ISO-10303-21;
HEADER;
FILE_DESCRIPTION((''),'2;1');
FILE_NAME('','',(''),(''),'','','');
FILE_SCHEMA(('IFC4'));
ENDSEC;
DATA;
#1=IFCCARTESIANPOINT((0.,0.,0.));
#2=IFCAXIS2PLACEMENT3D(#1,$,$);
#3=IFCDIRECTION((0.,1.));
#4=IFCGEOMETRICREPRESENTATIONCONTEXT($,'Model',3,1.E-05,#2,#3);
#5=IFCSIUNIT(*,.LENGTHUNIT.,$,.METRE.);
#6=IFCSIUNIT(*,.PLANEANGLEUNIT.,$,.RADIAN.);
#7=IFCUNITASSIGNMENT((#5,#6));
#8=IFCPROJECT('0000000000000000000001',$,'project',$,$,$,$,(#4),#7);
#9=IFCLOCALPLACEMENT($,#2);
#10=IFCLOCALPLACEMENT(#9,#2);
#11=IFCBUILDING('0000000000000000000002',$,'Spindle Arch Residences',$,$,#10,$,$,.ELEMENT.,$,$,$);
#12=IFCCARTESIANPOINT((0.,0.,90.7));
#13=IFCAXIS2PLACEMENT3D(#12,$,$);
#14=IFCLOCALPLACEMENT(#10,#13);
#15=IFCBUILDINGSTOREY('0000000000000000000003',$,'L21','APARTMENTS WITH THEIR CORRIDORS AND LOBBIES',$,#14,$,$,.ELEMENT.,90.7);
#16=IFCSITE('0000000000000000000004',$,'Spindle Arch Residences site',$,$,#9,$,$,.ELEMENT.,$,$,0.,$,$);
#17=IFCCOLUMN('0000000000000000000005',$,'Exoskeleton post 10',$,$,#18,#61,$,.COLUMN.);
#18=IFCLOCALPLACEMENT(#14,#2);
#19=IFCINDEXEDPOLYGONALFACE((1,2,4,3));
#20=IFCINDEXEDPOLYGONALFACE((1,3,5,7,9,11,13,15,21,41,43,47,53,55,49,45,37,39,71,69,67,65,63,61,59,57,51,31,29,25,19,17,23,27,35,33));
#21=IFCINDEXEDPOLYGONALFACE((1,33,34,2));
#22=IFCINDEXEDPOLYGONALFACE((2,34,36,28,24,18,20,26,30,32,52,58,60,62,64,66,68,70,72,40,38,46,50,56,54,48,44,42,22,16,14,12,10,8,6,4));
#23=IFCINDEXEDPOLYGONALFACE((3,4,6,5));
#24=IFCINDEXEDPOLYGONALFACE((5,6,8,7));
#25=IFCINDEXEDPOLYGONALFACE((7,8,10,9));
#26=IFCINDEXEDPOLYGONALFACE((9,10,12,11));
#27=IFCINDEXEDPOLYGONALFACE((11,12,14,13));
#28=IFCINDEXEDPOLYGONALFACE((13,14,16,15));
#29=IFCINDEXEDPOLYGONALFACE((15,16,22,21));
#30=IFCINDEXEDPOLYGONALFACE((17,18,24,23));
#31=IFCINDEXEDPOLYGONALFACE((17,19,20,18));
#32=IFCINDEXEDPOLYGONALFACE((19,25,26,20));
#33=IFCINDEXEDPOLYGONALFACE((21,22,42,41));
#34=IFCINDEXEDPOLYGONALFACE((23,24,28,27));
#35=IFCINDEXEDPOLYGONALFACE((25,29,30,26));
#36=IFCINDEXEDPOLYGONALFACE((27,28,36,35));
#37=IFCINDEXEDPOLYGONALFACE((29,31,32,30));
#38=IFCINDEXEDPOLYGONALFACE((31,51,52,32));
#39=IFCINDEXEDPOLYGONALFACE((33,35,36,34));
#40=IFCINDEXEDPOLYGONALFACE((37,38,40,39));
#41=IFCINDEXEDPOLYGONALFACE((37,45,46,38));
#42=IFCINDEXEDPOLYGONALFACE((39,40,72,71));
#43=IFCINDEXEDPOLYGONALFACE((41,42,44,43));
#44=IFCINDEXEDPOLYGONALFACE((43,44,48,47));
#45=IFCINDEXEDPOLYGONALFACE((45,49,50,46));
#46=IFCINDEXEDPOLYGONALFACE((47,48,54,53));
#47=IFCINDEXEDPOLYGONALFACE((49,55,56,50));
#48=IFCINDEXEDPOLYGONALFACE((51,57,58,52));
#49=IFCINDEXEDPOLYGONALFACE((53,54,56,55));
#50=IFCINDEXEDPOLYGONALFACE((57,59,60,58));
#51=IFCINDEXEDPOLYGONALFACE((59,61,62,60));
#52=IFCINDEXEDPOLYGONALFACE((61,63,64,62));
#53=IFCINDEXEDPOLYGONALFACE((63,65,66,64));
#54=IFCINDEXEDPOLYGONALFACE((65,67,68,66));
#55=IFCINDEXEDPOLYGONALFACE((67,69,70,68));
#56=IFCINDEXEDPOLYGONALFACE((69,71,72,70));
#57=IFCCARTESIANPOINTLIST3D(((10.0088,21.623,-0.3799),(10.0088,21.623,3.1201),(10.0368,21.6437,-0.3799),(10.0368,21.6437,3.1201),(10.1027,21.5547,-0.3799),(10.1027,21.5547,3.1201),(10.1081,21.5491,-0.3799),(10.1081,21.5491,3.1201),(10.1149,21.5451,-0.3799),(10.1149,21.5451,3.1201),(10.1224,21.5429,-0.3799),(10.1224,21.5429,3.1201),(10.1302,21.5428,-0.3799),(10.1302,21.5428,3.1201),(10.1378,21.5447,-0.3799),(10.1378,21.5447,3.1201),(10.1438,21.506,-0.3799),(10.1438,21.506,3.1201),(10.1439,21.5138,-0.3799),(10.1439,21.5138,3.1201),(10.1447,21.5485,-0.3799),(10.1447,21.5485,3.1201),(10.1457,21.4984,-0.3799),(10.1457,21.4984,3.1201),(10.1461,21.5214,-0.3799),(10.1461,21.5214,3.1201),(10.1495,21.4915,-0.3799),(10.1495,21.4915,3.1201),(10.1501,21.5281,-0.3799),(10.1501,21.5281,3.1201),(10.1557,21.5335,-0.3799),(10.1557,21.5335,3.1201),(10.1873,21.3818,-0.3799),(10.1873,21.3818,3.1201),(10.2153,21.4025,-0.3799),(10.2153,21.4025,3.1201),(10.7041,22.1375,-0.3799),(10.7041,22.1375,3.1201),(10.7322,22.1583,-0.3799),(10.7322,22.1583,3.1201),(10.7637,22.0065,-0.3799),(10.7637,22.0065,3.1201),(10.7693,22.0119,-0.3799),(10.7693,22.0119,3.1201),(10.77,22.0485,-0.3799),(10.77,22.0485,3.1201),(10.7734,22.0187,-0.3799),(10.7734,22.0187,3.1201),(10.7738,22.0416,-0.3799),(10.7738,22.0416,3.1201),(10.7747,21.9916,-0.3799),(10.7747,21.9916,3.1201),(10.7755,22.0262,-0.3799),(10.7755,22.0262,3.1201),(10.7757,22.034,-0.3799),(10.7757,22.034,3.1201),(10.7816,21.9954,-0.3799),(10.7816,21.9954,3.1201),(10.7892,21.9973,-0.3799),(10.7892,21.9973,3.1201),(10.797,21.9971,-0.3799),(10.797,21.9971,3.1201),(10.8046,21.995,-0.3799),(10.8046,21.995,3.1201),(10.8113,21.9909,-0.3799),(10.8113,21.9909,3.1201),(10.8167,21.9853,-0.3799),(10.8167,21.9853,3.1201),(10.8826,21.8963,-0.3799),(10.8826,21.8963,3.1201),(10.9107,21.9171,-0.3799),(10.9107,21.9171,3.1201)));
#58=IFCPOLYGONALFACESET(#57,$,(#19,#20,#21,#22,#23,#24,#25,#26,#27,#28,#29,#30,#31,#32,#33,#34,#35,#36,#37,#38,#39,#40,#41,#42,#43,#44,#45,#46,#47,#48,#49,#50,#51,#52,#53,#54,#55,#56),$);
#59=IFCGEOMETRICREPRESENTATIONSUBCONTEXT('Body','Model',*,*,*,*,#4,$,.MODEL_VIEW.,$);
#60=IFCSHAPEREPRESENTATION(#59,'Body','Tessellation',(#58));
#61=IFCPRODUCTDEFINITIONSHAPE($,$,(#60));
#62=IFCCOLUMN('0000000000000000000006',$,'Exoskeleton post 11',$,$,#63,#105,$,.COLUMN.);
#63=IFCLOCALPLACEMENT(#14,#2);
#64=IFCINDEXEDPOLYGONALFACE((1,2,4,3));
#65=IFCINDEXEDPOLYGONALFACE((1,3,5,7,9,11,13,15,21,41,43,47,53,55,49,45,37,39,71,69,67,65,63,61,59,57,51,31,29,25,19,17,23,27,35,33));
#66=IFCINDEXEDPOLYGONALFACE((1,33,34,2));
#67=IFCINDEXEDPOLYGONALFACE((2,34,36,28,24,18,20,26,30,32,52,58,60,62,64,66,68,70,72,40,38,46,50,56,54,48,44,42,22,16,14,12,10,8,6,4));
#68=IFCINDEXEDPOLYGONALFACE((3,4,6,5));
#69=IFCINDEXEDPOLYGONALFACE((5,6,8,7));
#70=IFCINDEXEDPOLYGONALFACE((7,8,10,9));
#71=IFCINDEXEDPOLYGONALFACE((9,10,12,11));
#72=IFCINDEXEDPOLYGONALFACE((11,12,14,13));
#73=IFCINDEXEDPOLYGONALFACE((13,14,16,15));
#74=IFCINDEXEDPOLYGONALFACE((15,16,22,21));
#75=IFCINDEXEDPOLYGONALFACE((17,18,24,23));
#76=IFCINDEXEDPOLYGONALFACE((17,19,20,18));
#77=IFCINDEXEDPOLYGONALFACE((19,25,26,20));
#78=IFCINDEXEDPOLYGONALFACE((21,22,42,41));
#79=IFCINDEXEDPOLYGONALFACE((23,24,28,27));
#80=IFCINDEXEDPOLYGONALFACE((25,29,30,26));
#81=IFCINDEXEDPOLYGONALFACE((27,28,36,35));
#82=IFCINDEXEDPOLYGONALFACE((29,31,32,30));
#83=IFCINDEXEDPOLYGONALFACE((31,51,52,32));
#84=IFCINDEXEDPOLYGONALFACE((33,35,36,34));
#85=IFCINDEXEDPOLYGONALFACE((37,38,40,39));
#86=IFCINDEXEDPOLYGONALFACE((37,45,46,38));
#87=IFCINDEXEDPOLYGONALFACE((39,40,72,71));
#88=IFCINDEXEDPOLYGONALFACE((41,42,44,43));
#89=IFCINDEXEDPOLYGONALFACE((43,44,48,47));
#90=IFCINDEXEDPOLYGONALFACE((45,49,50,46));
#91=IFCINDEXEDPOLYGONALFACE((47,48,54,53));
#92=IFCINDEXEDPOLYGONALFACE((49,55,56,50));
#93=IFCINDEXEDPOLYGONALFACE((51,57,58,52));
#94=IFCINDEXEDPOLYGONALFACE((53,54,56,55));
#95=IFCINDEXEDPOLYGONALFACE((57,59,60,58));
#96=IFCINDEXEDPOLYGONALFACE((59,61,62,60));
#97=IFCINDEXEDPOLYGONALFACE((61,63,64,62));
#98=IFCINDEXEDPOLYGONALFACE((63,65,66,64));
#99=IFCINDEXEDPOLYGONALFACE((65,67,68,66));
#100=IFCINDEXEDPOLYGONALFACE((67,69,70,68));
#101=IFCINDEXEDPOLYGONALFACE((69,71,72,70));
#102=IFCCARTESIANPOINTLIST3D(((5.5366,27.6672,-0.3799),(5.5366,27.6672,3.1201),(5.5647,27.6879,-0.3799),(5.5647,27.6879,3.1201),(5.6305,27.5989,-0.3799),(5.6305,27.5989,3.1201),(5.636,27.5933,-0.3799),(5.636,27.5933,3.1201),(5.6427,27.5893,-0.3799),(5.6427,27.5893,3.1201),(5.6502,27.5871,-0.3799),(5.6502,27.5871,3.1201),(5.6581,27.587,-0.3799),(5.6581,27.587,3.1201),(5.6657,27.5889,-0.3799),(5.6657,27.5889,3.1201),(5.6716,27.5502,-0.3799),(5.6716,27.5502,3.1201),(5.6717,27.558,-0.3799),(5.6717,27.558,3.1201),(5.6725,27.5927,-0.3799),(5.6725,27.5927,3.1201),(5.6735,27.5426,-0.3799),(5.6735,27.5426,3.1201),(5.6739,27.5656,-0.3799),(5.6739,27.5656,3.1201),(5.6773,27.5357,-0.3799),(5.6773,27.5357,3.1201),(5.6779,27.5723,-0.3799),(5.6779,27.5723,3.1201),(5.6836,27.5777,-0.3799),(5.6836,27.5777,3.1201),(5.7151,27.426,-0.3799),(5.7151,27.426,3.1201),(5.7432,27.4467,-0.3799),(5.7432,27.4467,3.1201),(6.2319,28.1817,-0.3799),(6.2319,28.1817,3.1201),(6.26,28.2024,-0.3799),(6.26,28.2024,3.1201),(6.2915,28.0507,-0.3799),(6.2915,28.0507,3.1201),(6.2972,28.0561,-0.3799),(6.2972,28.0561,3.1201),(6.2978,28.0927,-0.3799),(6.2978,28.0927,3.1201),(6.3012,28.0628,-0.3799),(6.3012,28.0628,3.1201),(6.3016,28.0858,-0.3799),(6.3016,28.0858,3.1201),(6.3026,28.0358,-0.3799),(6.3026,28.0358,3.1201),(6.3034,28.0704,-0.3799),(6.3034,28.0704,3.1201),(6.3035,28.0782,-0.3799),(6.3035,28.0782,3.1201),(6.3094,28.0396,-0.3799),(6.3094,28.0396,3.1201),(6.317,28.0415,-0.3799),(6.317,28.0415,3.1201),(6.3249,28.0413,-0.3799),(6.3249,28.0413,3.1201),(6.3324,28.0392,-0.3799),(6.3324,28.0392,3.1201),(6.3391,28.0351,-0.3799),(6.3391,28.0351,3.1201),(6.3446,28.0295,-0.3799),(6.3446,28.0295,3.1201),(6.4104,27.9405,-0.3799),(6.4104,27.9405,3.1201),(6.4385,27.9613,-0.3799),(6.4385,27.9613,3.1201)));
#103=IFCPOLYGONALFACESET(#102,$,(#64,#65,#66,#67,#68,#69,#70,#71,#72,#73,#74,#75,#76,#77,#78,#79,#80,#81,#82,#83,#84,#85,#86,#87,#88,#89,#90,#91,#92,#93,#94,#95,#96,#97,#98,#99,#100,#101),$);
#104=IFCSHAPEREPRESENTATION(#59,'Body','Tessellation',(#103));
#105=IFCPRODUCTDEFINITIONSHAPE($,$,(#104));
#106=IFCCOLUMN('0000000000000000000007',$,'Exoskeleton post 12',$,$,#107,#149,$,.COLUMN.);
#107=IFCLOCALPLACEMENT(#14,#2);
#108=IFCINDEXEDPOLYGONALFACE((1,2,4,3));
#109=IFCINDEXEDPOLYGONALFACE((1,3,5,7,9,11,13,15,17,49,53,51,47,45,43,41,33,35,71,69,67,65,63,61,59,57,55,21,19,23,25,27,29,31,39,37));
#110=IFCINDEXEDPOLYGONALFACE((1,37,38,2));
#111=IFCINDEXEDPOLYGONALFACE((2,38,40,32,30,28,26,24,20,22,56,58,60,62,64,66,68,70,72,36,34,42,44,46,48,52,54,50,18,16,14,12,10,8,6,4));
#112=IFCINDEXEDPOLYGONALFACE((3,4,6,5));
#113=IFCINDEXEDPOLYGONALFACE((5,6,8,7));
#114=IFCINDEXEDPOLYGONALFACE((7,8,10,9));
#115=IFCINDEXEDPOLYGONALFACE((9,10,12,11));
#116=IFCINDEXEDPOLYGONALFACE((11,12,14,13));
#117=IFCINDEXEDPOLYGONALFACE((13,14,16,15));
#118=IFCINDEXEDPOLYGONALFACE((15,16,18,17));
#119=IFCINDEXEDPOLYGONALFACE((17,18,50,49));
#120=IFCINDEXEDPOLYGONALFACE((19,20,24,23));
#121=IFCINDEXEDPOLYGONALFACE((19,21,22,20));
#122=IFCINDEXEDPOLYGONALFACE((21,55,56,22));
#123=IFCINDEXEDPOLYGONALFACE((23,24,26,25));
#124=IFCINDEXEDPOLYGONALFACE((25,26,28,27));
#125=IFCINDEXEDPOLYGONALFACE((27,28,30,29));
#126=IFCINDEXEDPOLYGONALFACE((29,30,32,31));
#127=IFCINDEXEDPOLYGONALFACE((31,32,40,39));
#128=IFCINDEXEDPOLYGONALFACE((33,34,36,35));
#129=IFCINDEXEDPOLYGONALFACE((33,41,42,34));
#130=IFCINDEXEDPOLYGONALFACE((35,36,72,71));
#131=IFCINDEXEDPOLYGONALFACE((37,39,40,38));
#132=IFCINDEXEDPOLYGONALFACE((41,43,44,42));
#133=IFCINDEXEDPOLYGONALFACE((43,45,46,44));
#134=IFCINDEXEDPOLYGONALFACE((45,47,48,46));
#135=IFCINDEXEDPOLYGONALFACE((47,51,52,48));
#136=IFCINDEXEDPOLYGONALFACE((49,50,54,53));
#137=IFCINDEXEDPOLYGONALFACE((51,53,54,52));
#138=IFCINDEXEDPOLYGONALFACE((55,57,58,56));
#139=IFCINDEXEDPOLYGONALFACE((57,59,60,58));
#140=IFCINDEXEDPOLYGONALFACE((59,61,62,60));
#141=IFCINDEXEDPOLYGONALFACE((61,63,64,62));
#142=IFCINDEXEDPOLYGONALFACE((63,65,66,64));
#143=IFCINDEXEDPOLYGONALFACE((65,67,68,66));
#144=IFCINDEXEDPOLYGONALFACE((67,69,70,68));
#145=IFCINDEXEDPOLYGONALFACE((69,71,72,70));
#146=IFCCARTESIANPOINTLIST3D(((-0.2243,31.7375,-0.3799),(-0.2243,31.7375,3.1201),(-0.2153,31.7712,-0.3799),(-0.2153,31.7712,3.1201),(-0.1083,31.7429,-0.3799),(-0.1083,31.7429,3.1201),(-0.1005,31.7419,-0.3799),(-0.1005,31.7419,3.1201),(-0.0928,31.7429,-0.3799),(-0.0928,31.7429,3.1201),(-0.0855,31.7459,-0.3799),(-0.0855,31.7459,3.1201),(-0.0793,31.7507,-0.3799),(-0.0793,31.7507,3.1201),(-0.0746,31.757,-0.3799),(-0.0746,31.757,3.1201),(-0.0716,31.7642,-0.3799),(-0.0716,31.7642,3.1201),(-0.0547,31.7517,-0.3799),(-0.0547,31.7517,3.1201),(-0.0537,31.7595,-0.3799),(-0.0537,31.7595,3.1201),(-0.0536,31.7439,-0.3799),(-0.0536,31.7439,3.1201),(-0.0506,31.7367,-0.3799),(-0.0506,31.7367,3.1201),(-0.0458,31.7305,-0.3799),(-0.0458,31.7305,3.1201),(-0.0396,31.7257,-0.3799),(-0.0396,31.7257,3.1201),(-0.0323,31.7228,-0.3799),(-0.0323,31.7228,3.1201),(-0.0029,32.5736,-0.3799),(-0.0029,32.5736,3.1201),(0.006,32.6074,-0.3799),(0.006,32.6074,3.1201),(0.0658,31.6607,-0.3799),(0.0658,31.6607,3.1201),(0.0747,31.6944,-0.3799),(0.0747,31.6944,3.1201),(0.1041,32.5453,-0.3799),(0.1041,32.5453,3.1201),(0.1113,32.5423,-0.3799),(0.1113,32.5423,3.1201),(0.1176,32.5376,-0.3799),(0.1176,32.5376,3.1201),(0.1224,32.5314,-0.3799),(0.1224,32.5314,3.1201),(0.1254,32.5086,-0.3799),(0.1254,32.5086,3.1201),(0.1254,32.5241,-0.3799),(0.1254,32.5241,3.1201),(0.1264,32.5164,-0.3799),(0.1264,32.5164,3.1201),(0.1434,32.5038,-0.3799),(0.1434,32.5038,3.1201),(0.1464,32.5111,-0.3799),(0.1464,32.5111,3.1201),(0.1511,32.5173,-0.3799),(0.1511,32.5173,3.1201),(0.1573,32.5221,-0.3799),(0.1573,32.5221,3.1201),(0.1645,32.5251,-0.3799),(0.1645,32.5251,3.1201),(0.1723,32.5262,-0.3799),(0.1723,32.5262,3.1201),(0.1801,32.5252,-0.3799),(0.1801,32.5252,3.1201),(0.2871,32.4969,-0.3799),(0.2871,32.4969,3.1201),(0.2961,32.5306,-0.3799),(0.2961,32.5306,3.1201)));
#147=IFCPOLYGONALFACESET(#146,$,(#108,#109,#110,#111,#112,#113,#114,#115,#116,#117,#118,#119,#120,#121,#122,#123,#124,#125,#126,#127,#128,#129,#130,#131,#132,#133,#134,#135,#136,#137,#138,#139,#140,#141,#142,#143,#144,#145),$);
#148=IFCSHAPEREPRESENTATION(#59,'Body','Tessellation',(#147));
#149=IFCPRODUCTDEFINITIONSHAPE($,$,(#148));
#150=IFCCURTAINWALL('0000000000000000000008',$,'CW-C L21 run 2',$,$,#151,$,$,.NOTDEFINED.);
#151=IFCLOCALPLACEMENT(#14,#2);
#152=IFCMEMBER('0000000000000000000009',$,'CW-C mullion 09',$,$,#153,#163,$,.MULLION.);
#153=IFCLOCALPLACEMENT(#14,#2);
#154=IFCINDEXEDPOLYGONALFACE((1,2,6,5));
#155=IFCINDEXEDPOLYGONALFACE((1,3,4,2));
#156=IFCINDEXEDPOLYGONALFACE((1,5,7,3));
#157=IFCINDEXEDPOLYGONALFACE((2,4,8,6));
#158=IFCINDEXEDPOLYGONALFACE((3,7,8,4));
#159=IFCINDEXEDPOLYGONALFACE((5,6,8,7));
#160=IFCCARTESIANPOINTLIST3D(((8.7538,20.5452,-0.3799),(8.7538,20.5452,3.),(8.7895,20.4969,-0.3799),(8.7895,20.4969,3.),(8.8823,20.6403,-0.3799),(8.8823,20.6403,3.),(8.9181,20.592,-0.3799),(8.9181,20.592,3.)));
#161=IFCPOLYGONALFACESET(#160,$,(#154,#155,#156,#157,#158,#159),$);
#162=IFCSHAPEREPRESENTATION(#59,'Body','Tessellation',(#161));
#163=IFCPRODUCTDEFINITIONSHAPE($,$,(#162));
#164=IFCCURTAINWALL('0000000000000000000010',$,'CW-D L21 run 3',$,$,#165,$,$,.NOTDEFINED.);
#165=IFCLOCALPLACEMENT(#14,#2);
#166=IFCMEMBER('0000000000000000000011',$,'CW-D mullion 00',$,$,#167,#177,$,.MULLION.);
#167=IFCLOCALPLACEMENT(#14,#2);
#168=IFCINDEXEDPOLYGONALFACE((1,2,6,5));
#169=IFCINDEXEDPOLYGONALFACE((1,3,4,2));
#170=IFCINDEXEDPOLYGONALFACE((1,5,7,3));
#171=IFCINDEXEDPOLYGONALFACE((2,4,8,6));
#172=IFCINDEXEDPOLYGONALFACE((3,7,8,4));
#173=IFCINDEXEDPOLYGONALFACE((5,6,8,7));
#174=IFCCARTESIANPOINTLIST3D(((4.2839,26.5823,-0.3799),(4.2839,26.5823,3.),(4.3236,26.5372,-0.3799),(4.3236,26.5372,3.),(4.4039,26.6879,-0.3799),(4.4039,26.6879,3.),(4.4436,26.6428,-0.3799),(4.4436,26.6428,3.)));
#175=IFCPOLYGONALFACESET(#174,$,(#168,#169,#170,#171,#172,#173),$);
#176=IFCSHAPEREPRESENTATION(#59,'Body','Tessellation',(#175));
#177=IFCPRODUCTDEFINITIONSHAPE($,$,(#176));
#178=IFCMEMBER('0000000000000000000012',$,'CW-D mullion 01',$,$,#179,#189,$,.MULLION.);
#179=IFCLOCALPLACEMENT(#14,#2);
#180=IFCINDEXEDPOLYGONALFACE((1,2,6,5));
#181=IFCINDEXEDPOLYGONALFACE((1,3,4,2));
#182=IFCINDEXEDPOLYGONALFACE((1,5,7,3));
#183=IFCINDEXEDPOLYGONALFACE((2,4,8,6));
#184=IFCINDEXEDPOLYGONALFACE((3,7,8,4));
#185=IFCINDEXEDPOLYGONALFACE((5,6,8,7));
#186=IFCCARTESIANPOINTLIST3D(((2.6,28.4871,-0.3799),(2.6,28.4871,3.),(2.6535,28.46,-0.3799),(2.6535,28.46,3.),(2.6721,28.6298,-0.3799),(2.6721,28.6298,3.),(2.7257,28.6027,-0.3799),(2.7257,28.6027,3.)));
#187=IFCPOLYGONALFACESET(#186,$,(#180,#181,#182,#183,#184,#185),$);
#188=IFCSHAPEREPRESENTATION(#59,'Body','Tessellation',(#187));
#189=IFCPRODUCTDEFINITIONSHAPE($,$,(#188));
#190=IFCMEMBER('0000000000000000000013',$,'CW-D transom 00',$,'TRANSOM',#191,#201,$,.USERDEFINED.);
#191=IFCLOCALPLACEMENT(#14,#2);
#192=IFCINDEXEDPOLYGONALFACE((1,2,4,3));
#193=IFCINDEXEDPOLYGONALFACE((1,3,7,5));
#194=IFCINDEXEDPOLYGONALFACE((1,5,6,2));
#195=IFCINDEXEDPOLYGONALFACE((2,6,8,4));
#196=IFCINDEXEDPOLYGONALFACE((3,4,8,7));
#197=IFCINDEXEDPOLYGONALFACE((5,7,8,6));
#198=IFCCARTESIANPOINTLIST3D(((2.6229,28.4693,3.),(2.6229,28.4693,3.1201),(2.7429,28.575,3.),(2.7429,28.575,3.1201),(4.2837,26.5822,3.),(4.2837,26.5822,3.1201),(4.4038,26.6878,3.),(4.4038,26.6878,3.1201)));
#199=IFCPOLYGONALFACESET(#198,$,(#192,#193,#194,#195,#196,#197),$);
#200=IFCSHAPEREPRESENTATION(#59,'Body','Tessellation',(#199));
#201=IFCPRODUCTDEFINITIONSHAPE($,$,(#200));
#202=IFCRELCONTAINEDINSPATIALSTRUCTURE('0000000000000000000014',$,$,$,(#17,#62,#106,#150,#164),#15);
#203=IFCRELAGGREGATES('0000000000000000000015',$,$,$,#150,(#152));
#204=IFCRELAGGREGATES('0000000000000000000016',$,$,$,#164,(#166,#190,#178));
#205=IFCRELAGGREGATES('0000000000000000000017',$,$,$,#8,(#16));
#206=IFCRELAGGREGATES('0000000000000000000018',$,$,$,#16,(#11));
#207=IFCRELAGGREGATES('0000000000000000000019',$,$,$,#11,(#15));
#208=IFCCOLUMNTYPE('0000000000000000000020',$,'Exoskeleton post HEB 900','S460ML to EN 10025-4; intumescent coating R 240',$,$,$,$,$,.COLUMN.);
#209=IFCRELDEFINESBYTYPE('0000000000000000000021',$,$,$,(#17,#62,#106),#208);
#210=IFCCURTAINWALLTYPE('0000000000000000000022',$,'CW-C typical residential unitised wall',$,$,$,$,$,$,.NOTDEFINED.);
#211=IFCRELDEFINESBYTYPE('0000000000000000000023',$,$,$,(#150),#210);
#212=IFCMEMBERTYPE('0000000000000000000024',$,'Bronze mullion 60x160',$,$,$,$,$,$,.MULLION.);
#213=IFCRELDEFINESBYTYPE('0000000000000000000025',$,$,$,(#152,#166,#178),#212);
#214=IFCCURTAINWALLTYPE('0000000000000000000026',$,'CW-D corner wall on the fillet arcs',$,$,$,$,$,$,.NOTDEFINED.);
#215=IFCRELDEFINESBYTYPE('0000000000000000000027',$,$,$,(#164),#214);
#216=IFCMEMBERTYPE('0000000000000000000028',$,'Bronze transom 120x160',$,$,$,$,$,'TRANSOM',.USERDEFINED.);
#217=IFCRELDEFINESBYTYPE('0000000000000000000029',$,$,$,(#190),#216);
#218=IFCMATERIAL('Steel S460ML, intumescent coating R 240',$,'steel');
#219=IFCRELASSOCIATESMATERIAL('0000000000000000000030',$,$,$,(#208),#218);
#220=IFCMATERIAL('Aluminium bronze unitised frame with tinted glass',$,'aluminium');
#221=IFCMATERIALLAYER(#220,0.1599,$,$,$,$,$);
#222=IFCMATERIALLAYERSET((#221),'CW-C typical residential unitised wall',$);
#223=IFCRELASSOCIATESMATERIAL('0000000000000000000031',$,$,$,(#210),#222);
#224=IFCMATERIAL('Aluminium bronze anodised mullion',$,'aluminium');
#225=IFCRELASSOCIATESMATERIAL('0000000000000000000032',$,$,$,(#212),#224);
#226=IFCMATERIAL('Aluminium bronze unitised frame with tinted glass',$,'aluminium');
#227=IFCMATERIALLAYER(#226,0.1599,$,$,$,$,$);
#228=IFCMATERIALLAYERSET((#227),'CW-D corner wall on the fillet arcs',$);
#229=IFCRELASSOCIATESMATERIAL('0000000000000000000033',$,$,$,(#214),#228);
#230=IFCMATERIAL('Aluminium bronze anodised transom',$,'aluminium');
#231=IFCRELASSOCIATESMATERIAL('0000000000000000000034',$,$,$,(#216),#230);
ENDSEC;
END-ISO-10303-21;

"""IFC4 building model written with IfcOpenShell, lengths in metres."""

from ifc_helpers import new_model, si_unit, direction, frame, origin, origin_2d, place, context, subcontext, project, spatial, rectangle, i_section, extrude, material, layer, layer_set, material_profile, profile_set, type_object, element, aggregate, save


model = new_model("IFC4")

# Units and contexts
model_context = context("Model", 3, precision=1e-05, world=origin(), true_north=direction((0.0, 1.0)))
body_context = subcontext(model_context, "Body", "Model", "MODEL_VIEW")
ifc_project = project(units=[si_unit("LENGTHUNIT", "METRE"), si_unit("PLANEANGLEUNIT", "RADIAN")], contexts=[model_context])

# Site, building, storey
site_placement = place(None, origin())
site = spatial("IfcSite", under=ifc_project, at=site_placement, Name="Spindle Arch Residences site", CompositionType="ELEMENT", RefElevation=0.0)
building_placement = place(site_placement, origin())
building = spatial("IfcBuilding", under=site, at=building_placement, Name="Spindle Arch Residences", CompositionType="ELEMENT")
storey_placement = place(building_placement, frame((0.0, 0.0, 90.7)))
storey = spatial("IfcBuildingStorey", under=building, at=storey_placement, Name="L21", Description="APARTMENTS WITH THEIR CORRIDORS AND LOBBIES", CompositionType="ELEMENT", Elevation=90.7)

# Columns
ifc_material_1 = material(Name="Steel S460ML, intumescent coating R 240", Category="steel")
ifc_material_profile_1 = material_profile(ifc_material_1, i_section(OverallWidth=0.3, OverallDepth=0.8999, WebThickness=0.0186, FlangeThickness=0.0349, FilletRadius=0.03, at=origin_2d()), Name="HEB 900")
ifc_profile_set_1 = profile_set([ifc_material_profile_1], Name="Steel S460ML, intumescent coating R 240")
column_type = type_object("IfcColumnType", Name="Exoskeleton post HEB 900", Description="S460ML to EN 10025-4; intumescent coating R 240", PredefinedType="COLUMN", material=ifc_profile_set_1)
for number, where, z_axis, x_axis, name in (
    (1, (10.4597, 21.77, -0.3799), (0.0, 0.0, 1.0), (0.594823, -0.803857, 0.0), "Exoskeleton post 10"),
    (2, (5.9875, 27.8142, -0.3799), (0.0, 0.0, 1.0), (0.594823, -0.803857, 0.0), "Exoskeleton post 11"),
    (3, (0.0359, 32.134, -0.3799), (0.0, 0.0, 1.0), (0.966705, -0.255894, 0.0), "Exoskeleton post 12"),
):
    element("IfcColumn", number, at=place(storey_placement, frame(where, z_axis=z_axis, x_axis=x_axis)), inside=storey, type_object=column_type, Name=name, PredefinedType="COLUMN", context=body_context, shape_type="SweptSolid", body=[
        extrude(i_section(OverallWidth=0.3, OverallDepth=0.8999, WebThickness=0.0186, FlangeThickness=0.0349, FilletRadius=0.03, at=origin_2d()), origin(), (0.0, 0.0, 1.0), 3.5),
    ])

# Curtain wall, member
ifc_material_2 = material(Name="Aluminium bronze unitised frame with tinted glass", Category="aluminium")
ifc_layer_1 = layer(ifc_material_2, 0.1599)
ifc_layer_set_1 = layer_set([ifc_layer_1], Name="CW-C typical residential unitised wall")
curtain_wall_type_1 = type_object("IfcCurtainWallType", Name="CW-C typical residential unitised wall", PredefinedType="NOTDEFINED", material=ifc_layer_set_1)
curtain_wall_1_placement = place(storey_placement, origin())
curtain_wall_1 = element("IfcCurtainWall", 4, at=curtain_wall_1_placement, inside=storey, type_object=curtain_wall_type_1, Name="CW-C L21 run 2", PredefinedType="NOTDEFINED")
ifc_material_3 = material(Name="Aluminium bronze anodised mullion", Category="aluminium")
ifc_material_profile_2 = material_profile(ifc_material_3, rectangle(XDim=0.1599, YDim=0.0601, at=origin_2d()), Name="MU 60x160")
ifc_profile_set_2 = profile_set([ifc_material_profile_2], Name="Aluminium bronze anodised mullion")
member_type_1 = type_object("IfcMemberType", Name="Bronze mullion 60x160", PredefinedType="MULLION", material=ifc_profile_set_2)
member_1_placement = place(storey_placement, frame((8.8359, 20.5686, -0.3799), z_axis=(0.0, 0.0, 1.0), x_axis=(-0.803857, -0.594823, 0.0)))
member_1 = element("IfcMember", 5, at=member_1_placement, type_object=member_type_1, Name="CW-C mullion 09", PredefinedType="MULLION", context=body_context, shape_type="SweptSolid", body=[
    extrude(rectangle(XDim=0.1599, YDim=0.0601, at=origin_2d()), origin(), (0.0, 0.0, 1.0), 3.3799),
])

# Curtain wall, members
ifc_material_4 = material(Name="Aluminium bronze unitised frame with tinted glass", Category="aluminium")
ifc_layer_2 = layer(ifc_material_4, 0.1599)
ifc_layer_set_2 = layer_set([ifc_layer_2], Name="CW-D corner wall on the fillet arcs")
curtain_wall_type_2 = type_object("IfcCurtainWallType", Name="CW-D corner wall on the fillet arcs", PredefinedType="NOTDEFINED", material=ifc_layer_set_2)
curtain_wall_2_placement = place(storey_placement, origin())
curtain_wall_2 = element("IfcCurtainWall", 6, at=curtain_wall_2_placement, inside=storey, type_object=curtain_wall_type_2, Name="CW-D L21 run 3", PredefinedType="NOTDEFINED")
member_2_placement = place(storey_placement, frame((4.3638, 26.6125, -0.3799), z_axis=(0.0, 0.0, 1.0), x_axis=(-0.750647, -0.660704, 0.0)))
member_2 = element("IfcMember", 7, at=member_2_placement, type_object=member_type_1, Name="CW-D mullion 00", PredefinedType="MULLION", context=body_context, shape_type="SweptSolid", body=[
    extrude(rectangle(XDim=0.1599, YDim=0.0601, at=origin_2d()), origin(), (0.0, 0.0, 1.0), 3.3799),
])
member_3_placement = place(storey_placement, frame((2.6628, 28.5449, -0.3799), z_axis=(0.0, 0.0, 1.0), x_axis=(-0.451397, -0.892323, 0.0)))
member_3 = element("IfcMember", 8, at=member_3_placement, type_object=member_type_1, Name="CW-D mullion 01", PredefinedType="MULLION", context=body_context, shape_type="SweptSolid", body=[
    extrude(rectangle(XDim=0.1599, YDim=0.0601, at=origin_2d()), origin(), (0.0, 0.0, 1.0), 3.3799),
])
ifc_material_5 = material(Name="Aluminium bronze anodised transom", Category="aluminium")
ifc_material_profile_3 = material_profile(ifc_material_5, rectangle(XDim=0.1599, YDim=0.1201, at=origin_2d()), Name="TR 120x160")
ifc_profile_set_3 = profile_set([ifc_material_profile_3], Name="Aluminium bronze anodised transom")
member_type_2 = type_object("IfcMemberType", Name="Bronze transom 120x160", ElementType="TRANSOM", PredefinedType="USERDEFINED", material=ifc_profile_set_3)
member_4_placement = place(storey_placement, frame((4.3438, 26.635, 3.0601), z_axis=(-0.660661, 0.750685, 0.0), x_axis=(-0.750685, -0.660661, 0.0)))
member_4 = element("IfcMember", 9, at=member_4_placement, type_object=member_type_2, Name="CW-D transom 00", ObjectType="TRANSOM", PredefinedType="USERDEFINED", context=body_context, shape_type="SweptSolid", body=[
    extrude(rectangle(XDim=0.1599, YDim=0.1201, at=origin_2d()), origin(), (0.0, 0.0, 1.0), 2.5139),
])

aggregate(curtain_wall_1, [member_1])
aggregate(curtain_wall_2, [member_2, member_4, member_3])

save(model, "model.ifc")
